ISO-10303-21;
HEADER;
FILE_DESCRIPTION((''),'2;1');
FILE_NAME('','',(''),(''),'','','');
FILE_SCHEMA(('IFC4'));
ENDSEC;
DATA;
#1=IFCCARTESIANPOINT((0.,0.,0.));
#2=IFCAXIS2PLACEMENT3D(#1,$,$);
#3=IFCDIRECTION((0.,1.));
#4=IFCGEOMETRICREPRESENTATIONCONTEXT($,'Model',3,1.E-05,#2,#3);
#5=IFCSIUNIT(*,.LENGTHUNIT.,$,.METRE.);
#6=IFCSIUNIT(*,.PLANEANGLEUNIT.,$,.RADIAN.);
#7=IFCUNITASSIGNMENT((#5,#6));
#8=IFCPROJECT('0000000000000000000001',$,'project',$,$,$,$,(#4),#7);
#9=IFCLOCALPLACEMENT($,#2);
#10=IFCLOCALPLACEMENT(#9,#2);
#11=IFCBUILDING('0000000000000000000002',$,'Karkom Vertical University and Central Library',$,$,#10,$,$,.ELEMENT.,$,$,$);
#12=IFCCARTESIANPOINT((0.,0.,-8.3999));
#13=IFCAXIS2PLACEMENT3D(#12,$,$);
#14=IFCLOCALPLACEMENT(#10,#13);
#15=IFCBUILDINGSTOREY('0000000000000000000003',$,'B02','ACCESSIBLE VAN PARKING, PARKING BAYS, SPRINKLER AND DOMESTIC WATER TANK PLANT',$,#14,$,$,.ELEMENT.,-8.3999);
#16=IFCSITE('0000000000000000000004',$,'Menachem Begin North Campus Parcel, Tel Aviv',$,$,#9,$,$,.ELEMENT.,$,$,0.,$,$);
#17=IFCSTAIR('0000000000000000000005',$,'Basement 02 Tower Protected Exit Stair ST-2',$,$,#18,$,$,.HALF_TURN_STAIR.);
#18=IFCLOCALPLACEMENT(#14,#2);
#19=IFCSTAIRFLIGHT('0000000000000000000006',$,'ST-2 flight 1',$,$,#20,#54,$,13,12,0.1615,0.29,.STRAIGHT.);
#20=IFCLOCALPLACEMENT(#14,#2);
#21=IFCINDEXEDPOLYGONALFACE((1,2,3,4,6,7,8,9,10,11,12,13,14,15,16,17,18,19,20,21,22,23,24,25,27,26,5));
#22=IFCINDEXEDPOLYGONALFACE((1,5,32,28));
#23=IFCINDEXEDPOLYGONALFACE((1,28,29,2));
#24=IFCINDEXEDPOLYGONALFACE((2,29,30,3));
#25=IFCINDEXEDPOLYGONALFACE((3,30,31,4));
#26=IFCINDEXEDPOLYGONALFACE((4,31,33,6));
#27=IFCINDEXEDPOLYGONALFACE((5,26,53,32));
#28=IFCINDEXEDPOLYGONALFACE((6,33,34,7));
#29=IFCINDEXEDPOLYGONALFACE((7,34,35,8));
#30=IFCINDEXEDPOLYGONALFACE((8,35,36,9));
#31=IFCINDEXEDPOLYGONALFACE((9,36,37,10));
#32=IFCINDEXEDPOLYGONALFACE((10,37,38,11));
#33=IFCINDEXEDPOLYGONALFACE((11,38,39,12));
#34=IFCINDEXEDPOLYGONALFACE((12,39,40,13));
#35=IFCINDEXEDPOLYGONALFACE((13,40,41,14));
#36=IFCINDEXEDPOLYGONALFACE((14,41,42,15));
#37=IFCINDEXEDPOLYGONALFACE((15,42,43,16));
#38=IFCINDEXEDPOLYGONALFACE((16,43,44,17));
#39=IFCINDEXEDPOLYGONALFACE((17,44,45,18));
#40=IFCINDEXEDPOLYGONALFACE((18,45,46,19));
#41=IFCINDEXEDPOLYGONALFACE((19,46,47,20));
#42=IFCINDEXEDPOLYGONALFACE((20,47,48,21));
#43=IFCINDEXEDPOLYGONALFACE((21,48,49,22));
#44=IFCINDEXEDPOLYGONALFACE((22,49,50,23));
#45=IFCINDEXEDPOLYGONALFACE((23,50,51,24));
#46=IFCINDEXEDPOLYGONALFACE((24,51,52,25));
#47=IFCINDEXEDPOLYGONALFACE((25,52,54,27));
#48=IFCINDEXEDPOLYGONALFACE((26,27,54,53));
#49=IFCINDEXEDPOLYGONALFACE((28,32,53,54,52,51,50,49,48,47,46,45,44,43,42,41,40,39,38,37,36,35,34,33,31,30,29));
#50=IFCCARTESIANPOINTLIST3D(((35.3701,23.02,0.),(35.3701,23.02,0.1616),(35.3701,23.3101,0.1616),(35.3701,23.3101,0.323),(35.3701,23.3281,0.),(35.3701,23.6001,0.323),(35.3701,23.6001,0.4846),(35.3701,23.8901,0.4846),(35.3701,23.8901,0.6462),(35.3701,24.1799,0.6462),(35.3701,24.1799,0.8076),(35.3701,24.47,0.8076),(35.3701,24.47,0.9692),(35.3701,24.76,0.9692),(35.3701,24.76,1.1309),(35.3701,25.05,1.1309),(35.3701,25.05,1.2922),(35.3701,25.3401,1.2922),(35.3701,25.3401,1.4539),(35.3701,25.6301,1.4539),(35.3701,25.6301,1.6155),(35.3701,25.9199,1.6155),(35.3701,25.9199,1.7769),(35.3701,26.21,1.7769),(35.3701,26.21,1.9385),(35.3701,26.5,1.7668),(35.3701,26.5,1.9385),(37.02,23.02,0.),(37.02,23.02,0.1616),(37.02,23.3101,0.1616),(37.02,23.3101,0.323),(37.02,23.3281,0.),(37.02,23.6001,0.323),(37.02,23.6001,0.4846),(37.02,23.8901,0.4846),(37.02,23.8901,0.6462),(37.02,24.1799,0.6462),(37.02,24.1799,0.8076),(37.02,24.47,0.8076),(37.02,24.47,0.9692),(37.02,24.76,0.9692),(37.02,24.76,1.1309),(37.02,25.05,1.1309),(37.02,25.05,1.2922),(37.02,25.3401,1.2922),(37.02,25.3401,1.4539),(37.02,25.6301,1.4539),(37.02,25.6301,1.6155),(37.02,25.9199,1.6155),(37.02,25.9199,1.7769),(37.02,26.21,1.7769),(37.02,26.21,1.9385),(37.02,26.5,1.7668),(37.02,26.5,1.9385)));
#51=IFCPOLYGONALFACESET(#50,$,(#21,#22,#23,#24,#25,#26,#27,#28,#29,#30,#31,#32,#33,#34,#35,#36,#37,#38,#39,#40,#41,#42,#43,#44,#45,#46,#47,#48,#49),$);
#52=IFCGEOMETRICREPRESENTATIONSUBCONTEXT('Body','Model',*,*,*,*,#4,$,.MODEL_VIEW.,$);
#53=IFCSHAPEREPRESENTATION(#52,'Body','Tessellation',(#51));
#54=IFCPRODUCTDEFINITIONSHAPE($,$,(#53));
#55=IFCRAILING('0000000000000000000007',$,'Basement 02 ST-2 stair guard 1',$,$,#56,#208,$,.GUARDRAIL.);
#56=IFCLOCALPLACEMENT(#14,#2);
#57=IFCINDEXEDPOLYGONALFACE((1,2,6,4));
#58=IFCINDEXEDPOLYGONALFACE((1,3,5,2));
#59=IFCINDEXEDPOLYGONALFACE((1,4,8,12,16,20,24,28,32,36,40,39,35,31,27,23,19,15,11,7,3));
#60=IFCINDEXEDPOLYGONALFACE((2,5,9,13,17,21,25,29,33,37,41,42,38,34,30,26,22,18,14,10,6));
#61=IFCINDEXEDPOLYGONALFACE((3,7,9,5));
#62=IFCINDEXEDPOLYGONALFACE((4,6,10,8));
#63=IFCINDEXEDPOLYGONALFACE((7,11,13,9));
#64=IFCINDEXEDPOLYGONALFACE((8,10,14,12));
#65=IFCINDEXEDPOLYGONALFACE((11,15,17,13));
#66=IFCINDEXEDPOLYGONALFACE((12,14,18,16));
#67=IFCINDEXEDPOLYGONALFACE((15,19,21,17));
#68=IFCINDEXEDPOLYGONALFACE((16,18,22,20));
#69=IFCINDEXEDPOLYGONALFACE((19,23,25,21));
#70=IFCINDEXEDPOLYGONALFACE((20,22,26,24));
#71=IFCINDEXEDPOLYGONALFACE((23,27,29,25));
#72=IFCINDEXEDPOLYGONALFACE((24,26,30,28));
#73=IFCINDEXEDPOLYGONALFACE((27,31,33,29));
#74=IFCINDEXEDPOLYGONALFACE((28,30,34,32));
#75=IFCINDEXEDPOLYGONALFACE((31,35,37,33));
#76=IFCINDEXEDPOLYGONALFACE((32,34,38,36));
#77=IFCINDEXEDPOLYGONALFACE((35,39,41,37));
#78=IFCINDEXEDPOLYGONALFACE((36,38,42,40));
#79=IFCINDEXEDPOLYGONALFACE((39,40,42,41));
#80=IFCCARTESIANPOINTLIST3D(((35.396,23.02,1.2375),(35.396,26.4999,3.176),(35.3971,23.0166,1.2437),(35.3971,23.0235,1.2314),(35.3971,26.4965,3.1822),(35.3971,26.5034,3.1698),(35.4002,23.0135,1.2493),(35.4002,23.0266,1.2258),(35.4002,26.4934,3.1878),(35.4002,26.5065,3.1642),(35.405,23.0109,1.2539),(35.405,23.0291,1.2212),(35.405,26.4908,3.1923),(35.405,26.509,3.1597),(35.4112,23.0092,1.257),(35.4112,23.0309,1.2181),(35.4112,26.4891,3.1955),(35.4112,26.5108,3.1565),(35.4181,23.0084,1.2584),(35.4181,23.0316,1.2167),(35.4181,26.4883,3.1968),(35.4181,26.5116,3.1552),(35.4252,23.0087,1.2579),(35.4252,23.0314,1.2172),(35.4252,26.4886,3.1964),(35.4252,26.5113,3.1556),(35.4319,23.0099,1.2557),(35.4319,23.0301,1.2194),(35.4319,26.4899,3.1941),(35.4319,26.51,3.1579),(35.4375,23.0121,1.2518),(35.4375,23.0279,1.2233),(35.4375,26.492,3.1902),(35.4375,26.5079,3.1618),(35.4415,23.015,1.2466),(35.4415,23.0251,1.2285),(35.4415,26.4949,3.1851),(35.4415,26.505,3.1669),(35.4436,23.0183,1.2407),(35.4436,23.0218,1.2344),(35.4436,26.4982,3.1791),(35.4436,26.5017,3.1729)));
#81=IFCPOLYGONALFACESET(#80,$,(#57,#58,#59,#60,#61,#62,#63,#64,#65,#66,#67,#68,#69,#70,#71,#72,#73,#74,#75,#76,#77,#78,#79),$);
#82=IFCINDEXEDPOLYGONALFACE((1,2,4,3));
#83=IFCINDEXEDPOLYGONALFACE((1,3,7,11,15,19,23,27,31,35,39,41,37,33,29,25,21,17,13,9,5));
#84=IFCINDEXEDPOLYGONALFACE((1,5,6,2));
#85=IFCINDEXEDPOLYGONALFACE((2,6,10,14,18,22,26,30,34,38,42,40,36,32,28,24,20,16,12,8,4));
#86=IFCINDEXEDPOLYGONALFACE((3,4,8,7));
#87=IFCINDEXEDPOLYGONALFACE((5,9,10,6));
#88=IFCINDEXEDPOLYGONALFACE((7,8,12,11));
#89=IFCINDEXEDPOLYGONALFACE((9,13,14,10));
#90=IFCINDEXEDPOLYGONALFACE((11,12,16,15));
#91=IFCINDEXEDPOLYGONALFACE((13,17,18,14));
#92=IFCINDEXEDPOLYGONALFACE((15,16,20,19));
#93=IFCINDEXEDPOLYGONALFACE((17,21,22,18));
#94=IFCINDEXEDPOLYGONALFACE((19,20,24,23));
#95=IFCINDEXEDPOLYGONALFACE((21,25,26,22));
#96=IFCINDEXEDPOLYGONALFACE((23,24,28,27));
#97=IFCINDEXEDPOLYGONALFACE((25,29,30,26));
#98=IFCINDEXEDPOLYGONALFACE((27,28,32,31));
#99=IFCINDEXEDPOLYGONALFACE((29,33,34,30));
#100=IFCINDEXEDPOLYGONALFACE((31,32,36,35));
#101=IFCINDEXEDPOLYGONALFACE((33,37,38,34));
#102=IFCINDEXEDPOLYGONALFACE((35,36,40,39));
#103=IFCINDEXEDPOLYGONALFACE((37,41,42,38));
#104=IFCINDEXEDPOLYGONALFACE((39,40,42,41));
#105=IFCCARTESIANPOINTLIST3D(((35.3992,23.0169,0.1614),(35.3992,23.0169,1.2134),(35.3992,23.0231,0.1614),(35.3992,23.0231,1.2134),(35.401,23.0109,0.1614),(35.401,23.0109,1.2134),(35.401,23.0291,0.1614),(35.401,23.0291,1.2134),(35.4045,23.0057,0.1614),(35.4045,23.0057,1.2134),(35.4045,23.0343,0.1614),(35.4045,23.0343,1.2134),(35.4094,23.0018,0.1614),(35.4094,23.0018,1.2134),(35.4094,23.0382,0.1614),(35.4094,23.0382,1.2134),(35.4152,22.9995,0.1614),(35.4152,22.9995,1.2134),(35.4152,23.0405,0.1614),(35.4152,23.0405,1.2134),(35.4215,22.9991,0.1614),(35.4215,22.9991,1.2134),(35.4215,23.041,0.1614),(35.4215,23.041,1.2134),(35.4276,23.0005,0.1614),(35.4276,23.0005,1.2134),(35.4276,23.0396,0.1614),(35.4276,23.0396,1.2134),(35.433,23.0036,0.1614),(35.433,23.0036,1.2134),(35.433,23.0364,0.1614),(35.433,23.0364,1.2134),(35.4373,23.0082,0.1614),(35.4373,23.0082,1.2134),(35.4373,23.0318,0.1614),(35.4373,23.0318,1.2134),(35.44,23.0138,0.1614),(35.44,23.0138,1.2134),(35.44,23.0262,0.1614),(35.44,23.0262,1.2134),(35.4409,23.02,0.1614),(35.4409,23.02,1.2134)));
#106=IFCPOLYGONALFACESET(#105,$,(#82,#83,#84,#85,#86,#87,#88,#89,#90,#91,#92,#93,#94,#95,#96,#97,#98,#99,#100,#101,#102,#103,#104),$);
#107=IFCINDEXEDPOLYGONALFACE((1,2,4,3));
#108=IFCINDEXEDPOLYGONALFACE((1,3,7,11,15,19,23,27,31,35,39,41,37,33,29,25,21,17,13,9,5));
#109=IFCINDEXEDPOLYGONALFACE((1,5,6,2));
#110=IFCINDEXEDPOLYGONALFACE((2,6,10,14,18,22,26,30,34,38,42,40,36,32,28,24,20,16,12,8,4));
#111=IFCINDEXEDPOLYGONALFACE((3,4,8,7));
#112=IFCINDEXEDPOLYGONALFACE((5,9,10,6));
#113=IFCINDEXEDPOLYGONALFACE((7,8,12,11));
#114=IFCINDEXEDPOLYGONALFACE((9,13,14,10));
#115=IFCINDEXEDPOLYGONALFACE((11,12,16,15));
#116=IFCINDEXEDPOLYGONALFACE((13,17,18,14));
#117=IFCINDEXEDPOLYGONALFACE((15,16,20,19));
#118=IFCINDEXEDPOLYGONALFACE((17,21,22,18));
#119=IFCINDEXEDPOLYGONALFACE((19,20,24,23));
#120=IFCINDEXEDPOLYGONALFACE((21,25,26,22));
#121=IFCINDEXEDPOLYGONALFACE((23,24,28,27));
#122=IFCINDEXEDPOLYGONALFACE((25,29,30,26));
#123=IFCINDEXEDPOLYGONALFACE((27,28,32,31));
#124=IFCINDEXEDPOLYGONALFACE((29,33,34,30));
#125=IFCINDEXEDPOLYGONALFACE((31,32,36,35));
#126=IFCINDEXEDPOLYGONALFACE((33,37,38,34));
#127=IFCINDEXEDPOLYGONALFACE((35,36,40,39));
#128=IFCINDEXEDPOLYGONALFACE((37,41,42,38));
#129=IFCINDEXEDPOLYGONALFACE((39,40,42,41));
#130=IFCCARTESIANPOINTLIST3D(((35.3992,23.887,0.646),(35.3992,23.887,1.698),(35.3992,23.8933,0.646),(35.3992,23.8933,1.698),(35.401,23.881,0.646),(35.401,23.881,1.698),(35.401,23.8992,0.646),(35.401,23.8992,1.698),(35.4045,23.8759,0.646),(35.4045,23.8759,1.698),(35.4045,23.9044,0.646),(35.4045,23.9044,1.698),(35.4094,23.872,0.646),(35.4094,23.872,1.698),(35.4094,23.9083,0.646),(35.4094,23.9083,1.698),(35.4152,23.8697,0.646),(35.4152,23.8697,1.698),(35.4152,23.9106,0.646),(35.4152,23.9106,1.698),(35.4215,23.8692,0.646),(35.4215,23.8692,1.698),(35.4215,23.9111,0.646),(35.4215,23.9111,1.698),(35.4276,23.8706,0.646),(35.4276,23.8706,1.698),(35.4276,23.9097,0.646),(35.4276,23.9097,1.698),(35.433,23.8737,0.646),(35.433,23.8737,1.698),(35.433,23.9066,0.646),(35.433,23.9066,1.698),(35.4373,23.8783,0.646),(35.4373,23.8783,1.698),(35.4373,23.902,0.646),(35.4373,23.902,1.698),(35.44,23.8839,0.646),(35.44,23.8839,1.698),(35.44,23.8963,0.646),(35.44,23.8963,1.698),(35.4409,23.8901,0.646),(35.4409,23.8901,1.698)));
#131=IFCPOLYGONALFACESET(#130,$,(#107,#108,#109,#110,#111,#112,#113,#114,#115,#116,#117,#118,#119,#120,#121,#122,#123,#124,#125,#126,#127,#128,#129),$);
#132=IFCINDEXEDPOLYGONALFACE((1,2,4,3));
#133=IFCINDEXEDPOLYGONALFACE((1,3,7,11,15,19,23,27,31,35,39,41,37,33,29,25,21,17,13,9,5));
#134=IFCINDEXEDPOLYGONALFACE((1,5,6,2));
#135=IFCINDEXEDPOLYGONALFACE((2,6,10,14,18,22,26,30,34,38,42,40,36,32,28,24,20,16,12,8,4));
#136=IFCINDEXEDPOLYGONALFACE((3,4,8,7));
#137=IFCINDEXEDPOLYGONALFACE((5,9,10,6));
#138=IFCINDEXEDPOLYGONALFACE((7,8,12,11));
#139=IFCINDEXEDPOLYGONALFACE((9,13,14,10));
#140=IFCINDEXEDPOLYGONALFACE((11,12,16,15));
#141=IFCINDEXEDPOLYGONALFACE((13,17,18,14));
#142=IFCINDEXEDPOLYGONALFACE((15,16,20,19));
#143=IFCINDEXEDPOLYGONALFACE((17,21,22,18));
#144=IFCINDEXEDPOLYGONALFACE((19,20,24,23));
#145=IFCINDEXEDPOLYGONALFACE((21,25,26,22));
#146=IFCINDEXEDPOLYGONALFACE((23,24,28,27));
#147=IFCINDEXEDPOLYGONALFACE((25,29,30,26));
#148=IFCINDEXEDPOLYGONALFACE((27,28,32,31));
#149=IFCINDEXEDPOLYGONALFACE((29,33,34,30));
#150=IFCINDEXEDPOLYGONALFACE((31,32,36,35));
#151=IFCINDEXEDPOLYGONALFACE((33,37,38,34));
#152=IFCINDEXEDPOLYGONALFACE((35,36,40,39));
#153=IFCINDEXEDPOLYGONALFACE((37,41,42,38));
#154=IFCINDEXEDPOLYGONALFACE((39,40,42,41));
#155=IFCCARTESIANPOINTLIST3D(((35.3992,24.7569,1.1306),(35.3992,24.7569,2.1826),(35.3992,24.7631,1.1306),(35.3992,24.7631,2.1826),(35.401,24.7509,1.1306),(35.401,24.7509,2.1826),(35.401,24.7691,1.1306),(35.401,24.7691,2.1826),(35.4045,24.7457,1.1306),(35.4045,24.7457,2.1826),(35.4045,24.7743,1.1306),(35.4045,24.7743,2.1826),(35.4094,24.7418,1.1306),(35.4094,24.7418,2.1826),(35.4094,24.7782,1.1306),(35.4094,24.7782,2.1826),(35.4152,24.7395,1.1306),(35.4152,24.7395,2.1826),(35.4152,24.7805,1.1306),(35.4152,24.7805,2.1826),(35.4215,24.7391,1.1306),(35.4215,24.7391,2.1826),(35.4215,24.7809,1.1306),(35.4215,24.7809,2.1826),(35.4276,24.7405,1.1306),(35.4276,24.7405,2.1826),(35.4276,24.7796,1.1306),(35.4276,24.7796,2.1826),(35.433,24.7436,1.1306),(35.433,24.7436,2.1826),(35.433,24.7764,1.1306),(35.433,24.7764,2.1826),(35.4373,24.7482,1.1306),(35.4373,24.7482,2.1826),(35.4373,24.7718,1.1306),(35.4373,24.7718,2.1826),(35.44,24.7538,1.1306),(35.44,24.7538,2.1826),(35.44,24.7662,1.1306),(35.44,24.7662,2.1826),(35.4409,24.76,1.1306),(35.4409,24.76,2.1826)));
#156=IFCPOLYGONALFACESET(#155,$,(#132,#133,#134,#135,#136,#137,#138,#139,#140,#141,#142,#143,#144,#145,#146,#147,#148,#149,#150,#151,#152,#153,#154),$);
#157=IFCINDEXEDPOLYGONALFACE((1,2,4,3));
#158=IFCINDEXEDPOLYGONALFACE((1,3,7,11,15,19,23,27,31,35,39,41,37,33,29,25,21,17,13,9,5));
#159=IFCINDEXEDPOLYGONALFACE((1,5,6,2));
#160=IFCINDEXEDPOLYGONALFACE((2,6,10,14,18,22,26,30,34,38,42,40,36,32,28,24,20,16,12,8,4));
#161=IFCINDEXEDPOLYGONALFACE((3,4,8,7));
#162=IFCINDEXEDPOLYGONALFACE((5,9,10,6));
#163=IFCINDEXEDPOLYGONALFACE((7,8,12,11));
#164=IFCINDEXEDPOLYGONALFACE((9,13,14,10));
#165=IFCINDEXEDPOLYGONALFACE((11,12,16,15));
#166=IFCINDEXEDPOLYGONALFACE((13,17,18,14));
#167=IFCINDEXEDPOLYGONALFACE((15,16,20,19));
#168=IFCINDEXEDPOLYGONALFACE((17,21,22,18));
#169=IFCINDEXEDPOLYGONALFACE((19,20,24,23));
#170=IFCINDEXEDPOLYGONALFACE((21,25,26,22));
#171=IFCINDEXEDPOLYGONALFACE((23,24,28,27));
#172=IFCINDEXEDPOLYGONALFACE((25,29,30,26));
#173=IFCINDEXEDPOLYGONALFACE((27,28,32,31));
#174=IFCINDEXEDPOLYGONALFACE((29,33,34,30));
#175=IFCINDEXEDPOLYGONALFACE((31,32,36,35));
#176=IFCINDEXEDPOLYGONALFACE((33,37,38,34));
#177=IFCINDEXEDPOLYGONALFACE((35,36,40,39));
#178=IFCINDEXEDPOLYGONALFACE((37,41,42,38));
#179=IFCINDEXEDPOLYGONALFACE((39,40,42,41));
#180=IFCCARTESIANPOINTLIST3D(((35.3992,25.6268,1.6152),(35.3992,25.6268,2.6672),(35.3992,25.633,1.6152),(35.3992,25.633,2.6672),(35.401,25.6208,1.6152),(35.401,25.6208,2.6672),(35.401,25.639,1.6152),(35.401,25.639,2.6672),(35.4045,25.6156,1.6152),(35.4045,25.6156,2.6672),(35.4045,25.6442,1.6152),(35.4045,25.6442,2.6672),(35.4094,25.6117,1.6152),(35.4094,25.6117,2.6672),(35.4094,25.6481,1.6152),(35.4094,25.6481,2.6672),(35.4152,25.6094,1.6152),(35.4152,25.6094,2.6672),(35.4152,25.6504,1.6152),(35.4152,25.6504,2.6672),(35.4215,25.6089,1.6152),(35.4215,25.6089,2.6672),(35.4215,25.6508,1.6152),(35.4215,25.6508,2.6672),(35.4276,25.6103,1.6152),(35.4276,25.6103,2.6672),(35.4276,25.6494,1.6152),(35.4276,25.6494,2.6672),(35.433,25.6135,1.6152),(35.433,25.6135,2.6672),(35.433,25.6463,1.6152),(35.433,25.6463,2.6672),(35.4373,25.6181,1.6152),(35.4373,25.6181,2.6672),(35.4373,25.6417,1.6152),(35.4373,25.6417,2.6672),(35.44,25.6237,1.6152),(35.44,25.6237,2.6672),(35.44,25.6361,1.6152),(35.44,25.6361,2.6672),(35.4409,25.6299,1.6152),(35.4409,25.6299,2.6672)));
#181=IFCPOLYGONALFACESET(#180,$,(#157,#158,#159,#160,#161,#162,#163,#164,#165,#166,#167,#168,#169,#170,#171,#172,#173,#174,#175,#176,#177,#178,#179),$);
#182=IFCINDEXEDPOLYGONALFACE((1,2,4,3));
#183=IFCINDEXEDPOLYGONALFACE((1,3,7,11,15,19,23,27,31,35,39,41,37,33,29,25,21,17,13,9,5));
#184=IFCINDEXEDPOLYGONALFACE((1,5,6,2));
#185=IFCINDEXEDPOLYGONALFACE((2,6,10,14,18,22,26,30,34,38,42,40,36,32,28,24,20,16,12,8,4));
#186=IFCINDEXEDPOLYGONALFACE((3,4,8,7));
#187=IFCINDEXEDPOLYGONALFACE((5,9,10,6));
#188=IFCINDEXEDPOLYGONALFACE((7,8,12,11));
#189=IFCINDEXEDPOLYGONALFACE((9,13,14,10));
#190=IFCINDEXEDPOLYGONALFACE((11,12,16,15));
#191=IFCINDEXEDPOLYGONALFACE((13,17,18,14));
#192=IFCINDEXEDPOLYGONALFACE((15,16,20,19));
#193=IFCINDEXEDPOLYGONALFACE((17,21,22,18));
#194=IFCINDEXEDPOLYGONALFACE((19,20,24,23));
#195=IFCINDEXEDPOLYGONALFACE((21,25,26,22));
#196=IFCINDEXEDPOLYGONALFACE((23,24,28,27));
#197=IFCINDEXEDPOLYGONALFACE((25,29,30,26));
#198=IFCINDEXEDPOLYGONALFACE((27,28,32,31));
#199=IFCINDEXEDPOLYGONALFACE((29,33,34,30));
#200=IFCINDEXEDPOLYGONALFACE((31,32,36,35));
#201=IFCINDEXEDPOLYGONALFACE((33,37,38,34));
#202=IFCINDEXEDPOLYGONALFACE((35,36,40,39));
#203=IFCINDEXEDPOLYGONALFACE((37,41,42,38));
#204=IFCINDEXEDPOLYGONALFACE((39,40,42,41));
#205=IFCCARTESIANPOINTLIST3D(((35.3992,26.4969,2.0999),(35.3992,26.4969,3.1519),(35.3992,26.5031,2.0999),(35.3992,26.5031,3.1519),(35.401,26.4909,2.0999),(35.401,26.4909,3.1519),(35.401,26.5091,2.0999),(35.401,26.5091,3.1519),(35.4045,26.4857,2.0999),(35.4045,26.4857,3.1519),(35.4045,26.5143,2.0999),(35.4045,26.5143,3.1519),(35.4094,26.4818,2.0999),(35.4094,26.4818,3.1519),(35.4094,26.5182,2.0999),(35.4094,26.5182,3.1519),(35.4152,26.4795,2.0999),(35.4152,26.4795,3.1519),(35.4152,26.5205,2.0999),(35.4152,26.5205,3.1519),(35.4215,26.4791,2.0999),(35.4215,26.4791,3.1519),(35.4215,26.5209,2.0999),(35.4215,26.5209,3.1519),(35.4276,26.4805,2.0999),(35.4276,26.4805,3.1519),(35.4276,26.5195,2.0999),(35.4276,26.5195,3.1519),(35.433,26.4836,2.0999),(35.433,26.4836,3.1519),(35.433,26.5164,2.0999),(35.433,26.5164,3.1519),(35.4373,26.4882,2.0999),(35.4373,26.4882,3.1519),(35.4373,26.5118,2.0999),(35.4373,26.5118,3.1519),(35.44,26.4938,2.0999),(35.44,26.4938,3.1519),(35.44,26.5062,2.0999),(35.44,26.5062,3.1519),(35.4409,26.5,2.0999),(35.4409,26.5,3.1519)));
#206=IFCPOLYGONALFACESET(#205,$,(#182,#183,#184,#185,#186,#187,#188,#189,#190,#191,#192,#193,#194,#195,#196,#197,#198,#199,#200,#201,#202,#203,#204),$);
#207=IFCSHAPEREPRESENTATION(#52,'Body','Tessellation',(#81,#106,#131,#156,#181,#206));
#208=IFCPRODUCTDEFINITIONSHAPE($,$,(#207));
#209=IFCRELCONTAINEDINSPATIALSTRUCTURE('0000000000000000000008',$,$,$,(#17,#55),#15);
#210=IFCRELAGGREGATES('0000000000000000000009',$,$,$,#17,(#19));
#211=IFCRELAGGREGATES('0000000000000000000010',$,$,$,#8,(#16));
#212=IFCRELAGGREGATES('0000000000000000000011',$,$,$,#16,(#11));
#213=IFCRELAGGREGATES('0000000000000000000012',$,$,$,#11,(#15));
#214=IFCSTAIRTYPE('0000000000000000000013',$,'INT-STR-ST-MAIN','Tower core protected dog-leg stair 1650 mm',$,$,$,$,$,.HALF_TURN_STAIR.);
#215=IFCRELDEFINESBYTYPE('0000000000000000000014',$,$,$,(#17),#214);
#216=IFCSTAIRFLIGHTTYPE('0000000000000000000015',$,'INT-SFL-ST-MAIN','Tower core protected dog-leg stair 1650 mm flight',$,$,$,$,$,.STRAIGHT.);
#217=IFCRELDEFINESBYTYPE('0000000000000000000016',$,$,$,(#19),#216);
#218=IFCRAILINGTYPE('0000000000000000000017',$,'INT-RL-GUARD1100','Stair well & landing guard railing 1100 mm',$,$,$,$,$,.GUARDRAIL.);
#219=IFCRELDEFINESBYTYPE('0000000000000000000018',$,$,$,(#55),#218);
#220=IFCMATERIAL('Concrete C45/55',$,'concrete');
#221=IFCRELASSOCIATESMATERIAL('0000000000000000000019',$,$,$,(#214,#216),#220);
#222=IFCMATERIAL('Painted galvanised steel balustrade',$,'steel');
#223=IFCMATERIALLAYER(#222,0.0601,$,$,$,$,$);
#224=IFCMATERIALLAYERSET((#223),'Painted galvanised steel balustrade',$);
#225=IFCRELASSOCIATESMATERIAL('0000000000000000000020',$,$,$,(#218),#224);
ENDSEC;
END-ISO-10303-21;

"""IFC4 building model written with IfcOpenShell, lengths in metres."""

from ifc_helpers import new_model, si_unit, direction, frame, origin, origin_2d, place, context, subcontext, project, spatial, polyline, circle, outline, extrude, material, layer, layer_set, type_object, element, aggregate, save


model = new_model("IFC4")

# Units and contexts
model_context = context("Model", 3, precision=1e-05, world=origin(), true_north=direction((0.0, 1.0)))
body_context = subcontext(model_context, "Body", "Model", "MODEL_VIEW")
ifc_project = project(units=[si_unit("LENGTHUNIT", "METRE"), si_unit("PLANEANGLEUNIT", "RADIAN")], contexts=[model_context])

# Site, building, storey
site_placement = place(None, origin())
site = spatial("IfcSite", under=ifc_project, at=site_placement, Name="Menachem Begin North Campus Parcel, Tel Aviv", CompositionType="ELEMENT", RefElevation=0.0)
building_placement = place(site_placement, origin())
building = spatial("IfcBuilding", under=site, at=building_placement, Name="Karkom Vertical University and Central Library", CompositionType="ELEMENT")
storey_placement = place(building_placement, frame((0.0, 0.0, -8.3999)))
storey = spatial("IfcBuildingStorey", under=building, at=storey_placement, Name="B02", Description="ACCESSIBLE VAN PARKING, PARKING BAYS, SPRINKLER AND DOMESTIC WATER TANK PLANT", CompositionType="ELEMENT", Elevation=-8.3999)

# Shared definitions
ifc_material_1 = material(Name="Concrete C45/55", Category="concrete")

# Stair, stair flight
stair_type = type_object("IfcStairType", Name="INT-STR-ST-MAIN", Description="Tower core protected dog-leg stair 1650 mm", PredefinedType="HALF_TURN_STAIR", material=ifc_material_1)
stair_placement = place(storey_placement, origin())
stair = element("IfcStair", 1, at=stair_placement, inside=storey, type_object=stair_type, Name="Basement 02 Tower Protected Exit Stair ST-2", PredefinedType="HALF_TURN_STAIR")
stair_flight_type = type_object("IfcStairFlightType", Name="INT-SFL-ST-MAIN", Description="Tower core protected dog-leg stair 1650 mm flight", PredefinedType="STRAIGHT", material=ifc_material_1)
stair_flight_placement = place(storey_placement, frame((36.1951, 23.02, 0.0), z_axis=(0.0, 0.0, 1.0), x_axis=(0.0, 1.0, 0.0)))
stair_flight = element("IfcStairFlight", 2, at=stair_flight_placement, type_object=stair_flight_type, Name="ST-2 flight 1", NumberOfRisers=13, NumberOfTreads=12, PredefinedType="STRAIGHT", RiserHeight=0.1615, TreadLength=0.29, context=body_context, shape_type="SweptSolid", body=[
    extrude(outline(polyline([(0.0, 0.0), (0.0, 0.1616), (0.29, 0.1616), (0.29, 0.323), (0.5801, 0.323), (0.5801, 0.4846), (0.8701, 0.4846), (0.8701, 0.6462), (1.1599, 0.6462), (1.1599, 0.8076), (1.45, 0.8076), (1.45, 0.9692), (1.74, 0.9692), (1.74, 1.1309), (2.03, 1.1309), (2.03, 1.2922), (2.3201, 1.2922), (2.3201, 1.4539), (2.6101, 1.4539), (2.6101, 1.6155), (2.8999, 1.6155), (2.8999, 1.7769), (3.1899, 1.7769), (3.1899, 1.9385), (3.48, 1.9385), (3.48, 2.1001), (3.48, 1.7668), (0.3081, 0.0), (0.0, 0.0)])), frame((0.0, 0.825, 0.0), z_axis=(0.0, -1.0, 0.0), x_axis=(1.0, 0.0, 0.0)), (0.0, 0.0, 1.0), 1.6499),
])
aggregate(stair, [stair_flight])

# Railing
ifc_material_2 = material(Name="Painted galvanised steel balustrade", Category="steel")
ifc_layer_1 = layer(ifc_material_2, 0.0601)
ifc_layer_set_1 = layer_set([ifc_layer_1], Name="Painted galvanised steel balustrade")
railing_type_1 = type_object("IfcRailingType", Name="INT-RL-GUARD1100", Description="Stair well & landing guard railing 1100 mm", PredefinedType="GUARDRAIL", material=ifc_layer_set_1)
railing_1_placement = place(storey_placement, frame((35.4199, 23.02, 0.1614)))
element("IfcRailing", 3, at=railing_1_placement, inside=storey, type_object=railing_type_1, Name="Basement 02 ST-2 stair guard 1", PredefinedType="GUARDRAIL", context=body_context, shape_type="SweptSolid", body=[
    extrude(circle(Radius=0.0239, at=origin_2d()), frame((0.0, 0.0, 1.0762), z_axis=(0.0, 0.873607, 0.486631), x_axis=(-1.0, 0.0, 0.0)), (0.0, 0.0, 1.0), 3.9834),
    extrude(circle(Radius=0.021, at=origin_2d()), origin(), (0.0, 0.0, 1.0), 1.052),
    extrude(circle(Radius=0.021, at=origin_2d()), frame((0.0, 0.8701, 0.4846)), (0.0, 0.0, 1.0), 1.052),
    extrude(circle(Radius=0.021, at=origin_2d()), frame((0.0, 1.74, 0.9692)), (0.0, 0.0, 1.0), 1.052),
    extrude(circle(Radius=0.021, at=origin_2d()), frame((0.0, 2.6099, 1.4539)), (0.0, 0.0, 1.0), 1.052),
    extrude(circle(Radius=0.021, at=origin_2d()), frame((0.0, 3.48, 1.9385)), (0.0, 0.0, 1.0), 1.052),
])

save(model, "model.ifc")
